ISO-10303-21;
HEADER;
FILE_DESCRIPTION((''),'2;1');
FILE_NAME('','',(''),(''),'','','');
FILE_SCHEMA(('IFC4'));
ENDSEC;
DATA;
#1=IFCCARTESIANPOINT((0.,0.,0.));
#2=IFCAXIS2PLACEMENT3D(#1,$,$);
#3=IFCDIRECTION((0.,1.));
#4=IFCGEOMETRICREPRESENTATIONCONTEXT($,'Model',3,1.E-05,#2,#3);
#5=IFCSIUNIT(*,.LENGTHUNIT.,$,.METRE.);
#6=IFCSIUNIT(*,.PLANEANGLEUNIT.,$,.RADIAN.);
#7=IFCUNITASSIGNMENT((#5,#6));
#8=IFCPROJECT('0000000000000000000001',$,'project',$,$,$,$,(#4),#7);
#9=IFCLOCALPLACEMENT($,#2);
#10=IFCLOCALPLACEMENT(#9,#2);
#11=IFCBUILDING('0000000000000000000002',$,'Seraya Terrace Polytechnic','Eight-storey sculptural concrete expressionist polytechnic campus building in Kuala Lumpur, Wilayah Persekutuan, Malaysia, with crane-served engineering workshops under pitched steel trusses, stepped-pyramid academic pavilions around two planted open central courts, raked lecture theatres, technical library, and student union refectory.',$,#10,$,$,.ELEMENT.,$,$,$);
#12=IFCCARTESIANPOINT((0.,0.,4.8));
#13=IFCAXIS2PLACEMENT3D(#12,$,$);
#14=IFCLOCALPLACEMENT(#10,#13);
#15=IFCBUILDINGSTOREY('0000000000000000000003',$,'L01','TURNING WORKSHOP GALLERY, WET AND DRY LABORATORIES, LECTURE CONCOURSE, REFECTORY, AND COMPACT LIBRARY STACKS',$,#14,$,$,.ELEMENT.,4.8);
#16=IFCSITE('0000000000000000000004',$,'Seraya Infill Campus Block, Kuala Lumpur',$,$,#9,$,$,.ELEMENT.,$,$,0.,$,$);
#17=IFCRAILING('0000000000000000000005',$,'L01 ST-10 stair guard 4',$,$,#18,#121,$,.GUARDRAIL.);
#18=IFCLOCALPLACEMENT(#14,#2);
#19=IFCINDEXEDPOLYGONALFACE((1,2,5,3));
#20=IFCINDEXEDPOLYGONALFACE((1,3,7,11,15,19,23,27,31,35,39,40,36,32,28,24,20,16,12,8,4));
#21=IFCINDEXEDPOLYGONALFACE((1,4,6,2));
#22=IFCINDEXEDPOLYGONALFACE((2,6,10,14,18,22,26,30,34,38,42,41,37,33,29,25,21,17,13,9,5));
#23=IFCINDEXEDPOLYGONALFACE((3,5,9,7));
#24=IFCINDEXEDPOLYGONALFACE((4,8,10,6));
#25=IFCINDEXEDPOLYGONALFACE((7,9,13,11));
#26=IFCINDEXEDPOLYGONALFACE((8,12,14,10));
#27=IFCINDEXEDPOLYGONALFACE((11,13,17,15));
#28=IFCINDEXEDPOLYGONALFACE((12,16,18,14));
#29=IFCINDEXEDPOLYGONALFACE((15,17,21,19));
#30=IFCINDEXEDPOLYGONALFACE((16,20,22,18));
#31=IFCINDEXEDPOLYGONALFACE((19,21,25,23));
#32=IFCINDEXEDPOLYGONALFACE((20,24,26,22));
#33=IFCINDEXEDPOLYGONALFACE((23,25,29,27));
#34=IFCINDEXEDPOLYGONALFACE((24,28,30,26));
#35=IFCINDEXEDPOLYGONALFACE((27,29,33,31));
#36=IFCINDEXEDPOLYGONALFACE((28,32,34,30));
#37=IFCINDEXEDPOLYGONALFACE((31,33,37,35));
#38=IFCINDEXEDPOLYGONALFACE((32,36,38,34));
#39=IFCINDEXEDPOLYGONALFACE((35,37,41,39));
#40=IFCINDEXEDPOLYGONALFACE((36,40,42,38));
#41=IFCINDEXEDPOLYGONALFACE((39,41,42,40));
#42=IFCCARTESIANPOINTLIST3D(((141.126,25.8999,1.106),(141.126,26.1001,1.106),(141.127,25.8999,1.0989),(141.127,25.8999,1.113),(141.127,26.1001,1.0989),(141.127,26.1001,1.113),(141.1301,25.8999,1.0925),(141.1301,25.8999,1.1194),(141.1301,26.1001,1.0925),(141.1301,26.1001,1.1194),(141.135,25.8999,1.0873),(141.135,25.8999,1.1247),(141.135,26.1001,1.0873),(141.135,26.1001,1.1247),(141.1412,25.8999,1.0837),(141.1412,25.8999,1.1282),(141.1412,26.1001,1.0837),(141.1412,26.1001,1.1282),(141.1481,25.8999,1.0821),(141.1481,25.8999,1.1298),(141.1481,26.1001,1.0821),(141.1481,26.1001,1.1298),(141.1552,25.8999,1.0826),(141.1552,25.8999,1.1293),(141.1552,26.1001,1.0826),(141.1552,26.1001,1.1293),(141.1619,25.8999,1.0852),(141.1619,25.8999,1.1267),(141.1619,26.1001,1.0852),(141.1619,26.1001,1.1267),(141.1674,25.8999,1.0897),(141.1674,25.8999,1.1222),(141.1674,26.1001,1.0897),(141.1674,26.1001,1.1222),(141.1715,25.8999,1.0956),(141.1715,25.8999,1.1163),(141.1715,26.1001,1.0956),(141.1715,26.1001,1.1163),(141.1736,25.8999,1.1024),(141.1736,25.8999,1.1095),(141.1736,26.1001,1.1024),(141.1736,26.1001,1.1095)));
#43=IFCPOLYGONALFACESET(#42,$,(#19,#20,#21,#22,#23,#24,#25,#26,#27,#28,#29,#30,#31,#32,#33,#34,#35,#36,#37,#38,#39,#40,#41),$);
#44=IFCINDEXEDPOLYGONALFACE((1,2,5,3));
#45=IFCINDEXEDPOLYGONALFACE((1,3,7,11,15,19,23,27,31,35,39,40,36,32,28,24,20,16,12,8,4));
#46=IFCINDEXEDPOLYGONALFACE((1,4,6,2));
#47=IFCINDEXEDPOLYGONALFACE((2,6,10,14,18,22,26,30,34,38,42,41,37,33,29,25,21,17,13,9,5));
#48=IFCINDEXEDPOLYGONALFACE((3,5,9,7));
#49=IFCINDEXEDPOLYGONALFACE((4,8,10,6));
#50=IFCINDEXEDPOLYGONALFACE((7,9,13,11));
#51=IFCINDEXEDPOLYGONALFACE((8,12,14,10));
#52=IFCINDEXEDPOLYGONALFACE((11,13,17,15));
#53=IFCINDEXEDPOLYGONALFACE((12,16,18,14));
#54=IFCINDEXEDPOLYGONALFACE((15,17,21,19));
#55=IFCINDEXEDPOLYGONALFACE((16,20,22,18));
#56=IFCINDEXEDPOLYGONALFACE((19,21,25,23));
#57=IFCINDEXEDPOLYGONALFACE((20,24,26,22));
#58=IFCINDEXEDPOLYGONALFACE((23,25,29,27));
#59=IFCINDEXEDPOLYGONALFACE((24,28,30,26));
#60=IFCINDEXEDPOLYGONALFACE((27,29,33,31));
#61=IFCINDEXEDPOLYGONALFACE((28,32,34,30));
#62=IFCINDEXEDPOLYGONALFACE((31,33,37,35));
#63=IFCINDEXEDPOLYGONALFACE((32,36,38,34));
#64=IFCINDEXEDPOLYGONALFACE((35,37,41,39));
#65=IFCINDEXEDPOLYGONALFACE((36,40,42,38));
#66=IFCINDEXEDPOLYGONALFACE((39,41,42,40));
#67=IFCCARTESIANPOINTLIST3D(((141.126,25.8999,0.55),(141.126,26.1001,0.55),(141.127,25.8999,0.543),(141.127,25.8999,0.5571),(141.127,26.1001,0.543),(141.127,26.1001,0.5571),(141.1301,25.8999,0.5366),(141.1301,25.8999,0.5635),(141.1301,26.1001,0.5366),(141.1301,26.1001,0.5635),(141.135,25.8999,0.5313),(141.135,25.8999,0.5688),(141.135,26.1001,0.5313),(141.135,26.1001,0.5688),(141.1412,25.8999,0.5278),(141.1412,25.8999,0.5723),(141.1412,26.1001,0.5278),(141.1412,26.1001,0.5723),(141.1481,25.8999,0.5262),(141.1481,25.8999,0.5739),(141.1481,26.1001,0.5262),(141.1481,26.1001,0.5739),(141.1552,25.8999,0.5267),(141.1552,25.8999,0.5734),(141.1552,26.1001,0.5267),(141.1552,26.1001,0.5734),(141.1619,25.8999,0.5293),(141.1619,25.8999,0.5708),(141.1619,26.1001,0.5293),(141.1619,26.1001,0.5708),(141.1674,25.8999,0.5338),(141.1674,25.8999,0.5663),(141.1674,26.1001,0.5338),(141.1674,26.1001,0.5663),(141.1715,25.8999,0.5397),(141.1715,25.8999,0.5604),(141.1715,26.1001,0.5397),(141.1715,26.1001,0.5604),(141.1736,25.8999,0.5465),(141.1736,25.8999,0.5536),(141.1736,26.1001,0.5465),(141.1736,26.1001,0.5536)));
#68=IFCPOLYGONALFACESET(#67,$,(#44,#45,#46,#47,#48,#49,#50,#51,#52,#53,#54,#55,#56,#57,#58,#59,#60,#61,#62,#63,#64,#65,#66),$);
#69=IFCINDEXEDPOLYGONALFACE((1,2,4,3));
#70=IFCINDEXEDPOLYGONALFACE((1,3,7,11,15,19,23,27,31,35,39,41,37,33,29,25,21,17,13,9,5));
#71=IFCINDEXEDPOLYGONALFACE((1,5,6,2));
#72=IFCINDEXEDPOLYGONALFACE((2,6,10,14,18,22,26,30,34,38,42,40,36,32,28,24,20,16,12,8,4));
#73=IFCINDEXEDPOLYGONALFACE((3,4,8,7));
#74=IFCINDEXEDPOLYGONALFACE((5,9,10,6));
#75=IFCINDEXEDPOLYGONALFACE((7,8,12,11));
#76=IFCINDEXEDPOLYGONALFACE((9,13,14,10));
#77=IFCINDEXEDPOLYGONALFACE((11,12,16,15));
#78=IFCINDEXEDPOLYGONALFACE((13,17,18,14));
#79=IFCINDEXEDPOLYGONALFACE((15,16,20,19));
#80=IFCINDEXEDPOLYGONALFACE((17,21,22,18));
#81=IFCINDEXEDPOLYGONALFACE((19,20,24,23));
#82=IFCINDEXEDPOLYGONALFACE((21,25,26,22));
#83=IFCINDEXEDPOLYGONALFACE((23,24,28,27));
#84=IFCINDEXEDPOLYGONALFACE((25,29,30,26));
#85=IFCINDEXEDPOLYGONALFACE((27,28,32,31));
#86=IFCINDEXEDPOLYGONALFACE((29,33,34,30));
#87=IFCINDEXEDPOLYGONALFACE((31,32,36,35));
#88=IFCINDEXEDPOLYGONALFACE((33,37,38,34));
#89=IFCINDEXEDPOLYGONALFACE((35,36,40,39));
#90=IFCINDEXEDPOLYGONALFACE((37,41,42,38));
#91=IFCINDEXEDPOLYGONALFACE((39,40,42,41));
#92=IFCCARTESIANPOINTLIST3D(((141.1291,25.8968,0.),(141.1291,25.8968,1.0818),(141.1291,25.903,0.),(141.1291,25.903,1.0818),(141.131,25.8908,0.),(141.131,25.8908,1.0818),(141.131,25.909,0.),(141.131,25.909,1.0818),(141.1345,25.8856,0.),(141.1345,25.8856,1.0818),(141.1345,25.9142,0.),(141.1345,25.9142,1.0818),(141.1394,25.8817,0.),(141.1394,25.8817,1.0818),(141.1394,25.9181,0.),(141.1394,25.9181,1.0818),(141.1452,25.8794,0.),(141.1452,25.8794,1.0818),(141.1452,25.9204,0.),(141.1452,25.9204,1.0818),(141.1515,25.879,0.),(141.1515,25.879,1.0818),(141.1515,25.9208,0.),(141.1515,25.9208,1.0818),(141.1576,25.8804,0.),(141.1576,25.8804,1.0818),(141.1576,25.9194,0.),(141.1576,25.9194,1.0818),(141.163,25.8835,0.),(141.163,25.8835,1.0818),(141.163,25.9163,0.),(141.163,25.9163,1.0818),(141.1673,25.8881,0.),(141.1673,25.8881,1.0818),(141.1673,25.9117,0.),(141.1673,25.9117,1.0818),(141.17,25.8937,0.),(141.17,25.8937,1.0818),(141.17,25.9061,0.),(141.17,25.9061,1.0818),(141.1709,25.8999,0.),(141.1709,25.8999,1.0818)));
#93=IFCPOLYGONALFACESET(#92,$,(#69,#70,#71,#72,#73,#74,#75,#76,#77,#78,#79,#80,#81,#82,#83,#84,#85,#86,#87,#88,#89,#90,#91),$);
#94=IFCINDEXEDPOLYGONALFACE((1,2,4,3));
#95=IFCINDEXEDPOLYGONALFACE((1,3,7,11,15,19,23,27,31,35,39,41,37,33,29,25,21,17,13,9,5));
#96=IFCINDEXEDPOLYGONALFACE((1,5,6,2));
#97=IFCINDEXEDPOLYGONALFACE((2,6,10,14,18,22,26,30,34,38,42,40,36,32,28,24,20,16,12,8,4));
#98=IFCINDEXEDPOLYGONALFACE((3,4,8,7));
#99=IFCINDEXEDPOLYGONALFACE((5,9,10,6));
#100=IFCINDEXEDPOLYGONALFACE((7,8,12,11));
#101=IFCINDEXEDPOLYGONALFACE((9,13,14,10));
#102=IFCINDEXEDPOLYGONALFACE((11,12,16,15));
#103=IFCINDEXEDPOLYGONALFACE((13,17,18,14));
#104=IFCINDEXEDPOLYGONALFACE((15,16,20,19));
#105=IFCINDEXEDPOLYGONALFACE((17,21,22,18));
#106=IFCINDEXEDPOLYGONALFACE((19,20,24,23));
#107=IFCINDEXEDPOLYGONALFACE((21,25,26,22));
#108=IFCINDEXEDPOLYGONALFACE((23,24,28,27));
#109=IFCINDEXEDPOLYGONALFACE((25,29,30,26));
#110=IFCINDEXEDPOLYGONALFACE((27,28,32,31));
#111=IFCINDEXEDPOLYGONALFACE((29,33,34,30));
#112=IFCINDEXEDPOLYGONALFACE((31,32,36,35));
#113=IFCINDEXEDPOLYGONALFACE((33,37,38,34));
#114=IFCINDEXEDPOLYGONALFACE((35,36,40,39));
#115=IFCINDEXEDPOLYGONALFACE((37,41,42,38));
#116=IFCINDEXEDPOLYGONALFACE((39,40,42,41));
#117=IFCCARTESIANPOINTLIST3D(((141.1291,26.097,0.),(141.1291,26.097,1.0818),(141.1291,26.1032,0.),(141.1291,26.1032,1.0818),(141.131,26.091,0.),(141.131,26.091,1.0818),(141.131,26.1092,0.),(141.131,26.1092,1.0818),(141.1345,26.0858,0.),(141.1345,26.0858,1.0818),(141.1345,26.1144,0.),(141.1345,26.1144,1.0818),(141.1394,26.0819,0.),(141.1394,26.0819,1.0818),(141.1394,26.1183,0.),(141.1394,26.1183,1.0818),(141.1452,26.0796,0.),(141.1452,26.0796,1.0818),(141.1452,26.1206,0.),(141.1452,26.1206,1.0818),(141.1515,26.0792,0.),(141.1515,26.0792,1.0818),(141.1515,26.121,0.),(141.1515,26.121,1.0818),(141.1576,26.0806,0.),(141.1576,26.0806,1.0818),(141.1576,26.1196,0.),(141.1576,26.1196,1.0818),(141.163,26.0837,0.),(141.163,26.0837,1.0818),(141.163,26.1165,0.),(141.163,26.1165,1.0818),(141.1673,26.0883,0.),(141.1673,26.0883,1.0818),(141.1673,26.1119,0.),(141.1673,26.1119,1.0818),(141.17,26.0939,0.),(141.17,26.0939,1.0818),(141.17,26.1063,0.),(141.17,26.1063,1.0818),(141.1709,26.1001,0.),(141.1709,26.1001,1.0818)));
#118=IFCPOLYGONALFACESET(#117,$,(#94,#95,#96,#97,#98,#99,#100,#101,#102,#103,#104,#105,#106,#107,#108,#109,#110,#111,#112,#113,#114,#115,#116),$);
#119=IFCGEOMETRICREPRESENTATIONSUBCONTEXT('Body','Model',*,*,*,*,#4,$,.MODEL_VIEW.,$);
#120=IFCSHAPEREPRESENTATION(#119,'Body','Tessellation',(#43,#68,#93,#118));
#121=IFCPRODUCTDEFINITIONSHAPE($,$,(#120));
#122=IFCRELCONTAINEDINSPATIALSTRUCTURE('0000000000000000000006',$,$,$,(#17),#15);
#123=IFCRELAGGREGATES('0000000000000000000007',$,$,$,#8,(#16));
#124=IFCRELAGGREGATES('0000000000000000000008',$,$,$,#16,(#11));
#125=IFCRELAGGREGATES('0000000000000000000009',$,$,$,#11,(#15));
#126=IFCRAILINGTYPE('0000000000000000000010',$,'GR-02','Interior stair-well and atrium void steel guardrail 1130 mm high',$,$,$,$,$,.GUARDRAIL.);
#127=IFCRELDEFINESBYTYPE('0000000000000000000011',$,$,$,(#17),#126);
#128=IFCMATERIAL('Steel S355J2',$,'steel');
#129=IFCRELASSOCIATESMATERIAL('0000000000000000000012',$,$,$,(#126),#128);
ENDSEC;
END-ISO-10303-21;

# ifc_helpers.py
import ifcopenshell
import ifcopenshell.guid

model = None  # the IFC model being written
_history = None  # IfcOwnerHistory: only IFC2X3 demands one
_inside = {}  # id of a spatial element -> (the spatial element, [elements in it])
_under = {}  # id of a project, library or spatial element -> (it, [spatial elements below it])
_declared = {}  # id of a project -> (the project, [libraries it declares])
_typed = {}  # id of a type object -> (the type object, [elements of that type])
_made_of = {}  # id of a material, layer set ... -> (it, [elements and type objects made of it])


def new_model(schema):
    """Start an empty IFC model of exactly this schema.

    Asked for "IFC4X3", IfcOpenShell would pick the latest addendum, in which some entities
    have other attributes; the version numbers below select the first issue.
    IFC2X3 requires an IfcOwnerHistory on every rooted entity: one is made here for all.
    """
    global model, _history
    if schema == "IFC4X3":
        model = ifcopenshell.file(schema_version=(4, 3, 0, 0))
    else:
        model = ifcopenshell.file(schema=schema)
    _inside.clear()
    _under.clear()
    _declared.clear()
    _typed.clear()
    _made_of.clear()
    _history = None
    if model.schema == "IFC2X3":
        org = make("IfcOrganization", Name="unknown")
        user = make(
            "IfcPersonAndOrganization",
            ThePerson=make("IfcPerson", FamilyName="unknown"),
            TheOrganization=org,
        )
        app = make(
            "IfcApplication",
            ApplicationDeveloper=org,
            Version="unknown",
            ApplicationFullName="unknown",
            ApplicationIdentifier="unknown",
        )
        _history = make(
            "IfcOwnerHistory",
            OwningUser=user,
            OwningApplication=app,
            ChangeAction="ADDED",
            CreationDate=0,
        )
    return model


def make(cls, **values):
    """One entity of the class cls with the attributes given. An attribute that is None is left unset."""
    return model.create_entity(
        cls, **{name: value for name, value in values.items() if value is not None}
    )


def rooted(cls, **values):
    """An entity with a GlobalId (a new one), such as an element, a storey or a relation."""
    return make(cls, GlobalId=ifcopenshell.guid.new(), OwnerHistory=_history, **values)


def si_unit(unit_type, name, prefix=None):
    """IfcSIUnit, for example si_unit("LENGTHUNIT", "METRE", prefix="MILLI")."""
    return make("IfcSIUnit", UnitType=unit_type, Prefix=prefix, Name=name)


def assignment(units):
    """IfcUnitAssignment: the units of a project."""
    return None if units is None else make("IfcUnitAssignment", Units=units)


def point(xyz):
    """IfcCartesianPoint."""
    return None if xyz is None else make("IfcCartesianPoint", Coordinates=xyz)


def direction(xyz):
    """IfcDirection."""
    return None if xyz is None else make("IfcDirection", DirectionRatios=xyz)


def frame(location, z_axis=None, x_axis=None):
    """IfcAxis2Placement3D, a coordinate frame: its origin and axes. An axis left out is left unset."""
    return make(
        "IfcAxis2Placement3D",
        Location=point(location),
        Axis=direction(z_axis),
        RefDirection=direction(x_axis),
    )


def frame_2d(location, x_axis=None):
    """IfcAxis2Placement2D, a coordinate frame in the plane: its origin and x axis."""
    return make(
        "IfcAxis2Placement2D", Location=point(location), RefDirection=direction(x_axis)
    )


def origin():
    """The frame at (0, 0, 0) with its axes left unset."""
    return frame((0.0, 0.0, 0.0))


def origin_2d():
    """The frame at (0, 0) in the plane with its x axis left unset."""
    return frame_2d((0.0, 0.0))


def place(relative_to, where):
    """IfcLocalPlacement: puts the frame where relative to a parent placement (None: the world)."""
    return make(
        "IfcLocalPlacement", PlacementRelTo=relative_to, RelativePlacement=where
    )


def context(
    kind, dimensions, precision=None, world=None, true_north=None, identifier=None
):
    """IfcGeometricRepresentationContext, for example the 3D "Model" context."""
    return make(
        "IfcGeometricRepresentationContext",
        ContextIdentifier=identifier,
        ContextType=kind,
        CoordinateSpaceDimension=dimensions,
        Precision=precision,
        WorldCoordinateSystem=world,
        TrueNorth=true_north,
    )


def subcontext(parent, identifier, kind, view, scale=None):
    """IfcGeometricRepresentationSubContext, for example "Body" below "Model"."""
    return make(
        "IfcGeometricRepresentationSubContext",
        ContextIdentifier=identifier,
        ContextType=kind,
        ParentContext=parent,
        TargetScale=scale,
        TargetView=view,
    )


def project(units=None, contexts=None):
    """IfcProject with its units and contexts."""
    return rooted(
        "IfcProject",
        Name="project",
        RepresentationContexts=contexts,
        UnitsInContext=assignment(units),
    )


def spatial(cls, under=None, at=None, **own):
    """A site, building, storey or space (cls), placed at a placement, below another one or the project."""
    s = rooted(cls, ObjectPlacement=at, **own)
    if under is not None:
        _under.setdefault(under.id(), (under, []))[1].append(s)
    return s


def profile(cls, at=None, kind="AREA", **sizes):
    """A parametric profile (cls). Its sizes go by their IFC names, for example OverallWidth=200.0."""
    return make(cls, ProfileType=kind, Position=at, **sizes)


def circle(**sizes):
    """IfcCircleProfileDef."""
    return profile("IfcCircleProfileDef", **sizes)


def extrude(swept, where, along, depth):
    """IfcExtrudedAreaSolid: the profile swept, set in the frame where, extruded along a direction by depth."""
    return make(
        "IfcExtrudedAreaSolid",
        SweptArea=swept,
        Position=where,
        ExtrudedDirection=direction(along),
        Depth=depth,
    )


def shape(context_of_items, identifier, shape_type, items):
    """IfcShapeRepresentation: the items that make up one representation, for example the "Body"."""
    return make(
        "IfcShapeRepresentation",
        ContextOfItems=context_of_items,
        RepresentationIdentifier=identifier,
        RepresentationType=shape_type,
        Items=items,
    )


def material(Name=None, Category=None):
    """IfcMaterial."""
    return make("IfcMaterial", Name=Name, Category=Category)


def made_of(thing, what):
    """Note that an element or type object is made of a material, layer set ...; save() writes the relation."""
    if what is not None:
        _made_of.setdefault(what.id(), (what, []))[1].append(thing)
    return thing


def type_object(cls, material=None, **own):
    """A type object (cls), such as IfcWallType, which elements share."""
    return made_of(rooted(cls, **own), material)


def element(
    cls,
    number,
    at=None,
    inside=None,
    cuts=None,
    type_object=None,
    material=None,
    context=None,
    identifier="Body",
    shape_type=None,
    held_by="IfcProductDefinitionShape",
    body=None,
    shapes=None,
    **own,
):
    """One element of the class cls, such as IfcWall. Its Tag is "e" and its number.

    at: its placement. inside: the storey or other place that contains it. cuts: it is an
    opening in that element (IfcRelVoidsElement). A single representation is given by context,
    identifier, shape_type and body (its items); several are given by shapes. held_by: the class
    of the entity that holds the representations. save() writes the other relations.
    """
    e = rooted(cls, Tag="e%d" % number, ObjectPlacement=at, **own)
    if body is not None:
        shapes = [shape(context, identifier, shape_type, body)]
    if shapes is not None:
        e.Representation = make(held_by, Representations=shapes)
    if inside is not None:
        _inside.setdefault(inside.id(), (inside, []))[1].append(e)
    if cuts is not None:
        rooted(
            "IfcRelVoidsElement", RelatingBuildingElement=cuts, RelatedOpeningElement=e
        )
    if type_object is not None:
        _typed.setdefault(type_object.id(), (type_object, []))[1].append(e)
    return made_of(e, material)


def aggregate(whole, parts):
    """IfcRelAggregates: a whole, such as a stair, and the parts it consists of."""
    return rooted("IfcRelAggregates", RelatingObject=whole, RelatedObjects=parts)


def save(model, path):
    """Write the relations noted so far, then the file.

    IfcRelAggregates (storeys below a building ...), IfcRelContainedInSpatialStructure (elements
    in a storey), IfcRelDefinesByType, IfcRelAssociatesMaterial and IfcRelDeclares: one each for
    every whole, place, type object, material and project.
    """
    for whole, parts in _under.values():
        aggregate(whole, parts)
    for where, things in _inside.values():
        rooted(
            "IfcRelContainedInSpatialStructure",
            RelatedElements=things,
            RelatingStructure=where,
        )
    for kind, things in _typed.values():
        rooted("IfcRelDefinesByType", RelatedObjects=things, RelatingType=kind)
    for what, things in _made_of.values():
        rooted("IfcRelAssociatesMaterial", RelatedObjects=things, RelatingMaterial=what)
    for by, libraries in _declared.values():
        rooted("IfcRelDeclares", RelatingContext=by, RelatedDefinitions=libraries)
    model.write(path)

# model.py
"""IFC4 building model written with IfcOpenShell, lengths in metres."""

from ifc_helpers import new_model, si_unit, direction, frame, origin, origin_2d, place, context, subcontext, project, spatial, circle, extrude, material, type_object, element, save


model = new_model("IFC4")

# Units and contexts
model_context = context("Model", 3, precision=1e-05, world=origin(), true_north=direction((0.0, 1.0)))
body_context = subcontext(model_context, "Body", "Model", "MODEL_VIEW")
ifc_project = project(units=[si_unit("LENGTHUNIT", "METRE"), si_unit("PLANEANGLEUNIT", "RADIAN")], contexts=[model_context])

# Site, building, storey
site_placement = place(None, origin())
site = spatial("IfcSite", under=ifc_project, at=site_placement, Name="Seraya Infill Campus Block, Kuala Lumpur", CompositionType="ELEMENT", RefElevation=0.0)
building_placement = place(site_placement, origin())
building = spatial("IfcBuilding", under=site, at=building_placement, Name="Seraya Terrace Polytechnic", Description="Eight-storey sculptural concrete expressionist polytechnic campus building in Kuala Lumpur, Wilayah Persekutuan, Malaysia, with crane-served engineering workshops under pitched steel trusses, stepped-pyramid academic pavilions around two planted open central courts, raked lecture theatres, technical library, and student union refectory.", CompositionType="ELEMENT")
storey_placement = place(building_placement, frame((0.0, 0.0, 4.8)))
storey = spatial("IfcBuildingStorey", under=building, at=storey_placement, Name="L01", Description="TURNING WORKSHOP GALLERY, WET AND DRY LABORATORIES, LECTURE CONCOURSE, REFECTORY, AND COMPACT LIBRARY STACKS", CompositionType="ELEMENT", Elevation=4.8)

# Shared definitions
ifc_material_1 = material(Name="Steel S355J2", Category="steel")

# Railing
railing_type_1 = type_object("IfcRailingType", Name="GR-02", Description="Interior stair-well and atrium void steel guardrail 1130 mm high", PredefinedType="GUARDRAIL", material=ifc_material_1)
railing_1_placement = place(storey_placement, frame((141.1499, 25.8999, 0.0)))
element("IfcRailing", 1, at=railing_1_placement, inside=storey, type_object=railing_type_1, Name="L01 ST-10 stair guard 4", PredefinedType="GUARDRAIL", context=body_context, shape_type="SweptSolid", body=[
    extrude(circle(Radius=0.0239, at=origin_2d()), frame((0.0, 0.0, 1.106), z_axis=(0.0, 1.0, 0.0), x_axis=(-1.0, 0.0, 0.0)), (0.0, 0.0, 1.0), 0.2002),
    extrude(circle(Radius=0.0239, at=origin_2d()), frame((0.0, 0.0, 0.55), z_axis=(0.0, 1.0, 0.0), x_axis=(-1.0, 0.0, 0.0)), (0.0, 0.0, 1.0), 0.2002),
    extrude(circle(Radius=0.021, at=origin_2d()), origin(), (0.0, 0.0, 1.0), 1.0818),
    extrude(circle(Radius=0.021, at=origin_2d()), frame((0.0, 0.2002, 0.0)), (0.0, 0.0, 1.0), 1.0818),
])

save(model, "model.ifc")
